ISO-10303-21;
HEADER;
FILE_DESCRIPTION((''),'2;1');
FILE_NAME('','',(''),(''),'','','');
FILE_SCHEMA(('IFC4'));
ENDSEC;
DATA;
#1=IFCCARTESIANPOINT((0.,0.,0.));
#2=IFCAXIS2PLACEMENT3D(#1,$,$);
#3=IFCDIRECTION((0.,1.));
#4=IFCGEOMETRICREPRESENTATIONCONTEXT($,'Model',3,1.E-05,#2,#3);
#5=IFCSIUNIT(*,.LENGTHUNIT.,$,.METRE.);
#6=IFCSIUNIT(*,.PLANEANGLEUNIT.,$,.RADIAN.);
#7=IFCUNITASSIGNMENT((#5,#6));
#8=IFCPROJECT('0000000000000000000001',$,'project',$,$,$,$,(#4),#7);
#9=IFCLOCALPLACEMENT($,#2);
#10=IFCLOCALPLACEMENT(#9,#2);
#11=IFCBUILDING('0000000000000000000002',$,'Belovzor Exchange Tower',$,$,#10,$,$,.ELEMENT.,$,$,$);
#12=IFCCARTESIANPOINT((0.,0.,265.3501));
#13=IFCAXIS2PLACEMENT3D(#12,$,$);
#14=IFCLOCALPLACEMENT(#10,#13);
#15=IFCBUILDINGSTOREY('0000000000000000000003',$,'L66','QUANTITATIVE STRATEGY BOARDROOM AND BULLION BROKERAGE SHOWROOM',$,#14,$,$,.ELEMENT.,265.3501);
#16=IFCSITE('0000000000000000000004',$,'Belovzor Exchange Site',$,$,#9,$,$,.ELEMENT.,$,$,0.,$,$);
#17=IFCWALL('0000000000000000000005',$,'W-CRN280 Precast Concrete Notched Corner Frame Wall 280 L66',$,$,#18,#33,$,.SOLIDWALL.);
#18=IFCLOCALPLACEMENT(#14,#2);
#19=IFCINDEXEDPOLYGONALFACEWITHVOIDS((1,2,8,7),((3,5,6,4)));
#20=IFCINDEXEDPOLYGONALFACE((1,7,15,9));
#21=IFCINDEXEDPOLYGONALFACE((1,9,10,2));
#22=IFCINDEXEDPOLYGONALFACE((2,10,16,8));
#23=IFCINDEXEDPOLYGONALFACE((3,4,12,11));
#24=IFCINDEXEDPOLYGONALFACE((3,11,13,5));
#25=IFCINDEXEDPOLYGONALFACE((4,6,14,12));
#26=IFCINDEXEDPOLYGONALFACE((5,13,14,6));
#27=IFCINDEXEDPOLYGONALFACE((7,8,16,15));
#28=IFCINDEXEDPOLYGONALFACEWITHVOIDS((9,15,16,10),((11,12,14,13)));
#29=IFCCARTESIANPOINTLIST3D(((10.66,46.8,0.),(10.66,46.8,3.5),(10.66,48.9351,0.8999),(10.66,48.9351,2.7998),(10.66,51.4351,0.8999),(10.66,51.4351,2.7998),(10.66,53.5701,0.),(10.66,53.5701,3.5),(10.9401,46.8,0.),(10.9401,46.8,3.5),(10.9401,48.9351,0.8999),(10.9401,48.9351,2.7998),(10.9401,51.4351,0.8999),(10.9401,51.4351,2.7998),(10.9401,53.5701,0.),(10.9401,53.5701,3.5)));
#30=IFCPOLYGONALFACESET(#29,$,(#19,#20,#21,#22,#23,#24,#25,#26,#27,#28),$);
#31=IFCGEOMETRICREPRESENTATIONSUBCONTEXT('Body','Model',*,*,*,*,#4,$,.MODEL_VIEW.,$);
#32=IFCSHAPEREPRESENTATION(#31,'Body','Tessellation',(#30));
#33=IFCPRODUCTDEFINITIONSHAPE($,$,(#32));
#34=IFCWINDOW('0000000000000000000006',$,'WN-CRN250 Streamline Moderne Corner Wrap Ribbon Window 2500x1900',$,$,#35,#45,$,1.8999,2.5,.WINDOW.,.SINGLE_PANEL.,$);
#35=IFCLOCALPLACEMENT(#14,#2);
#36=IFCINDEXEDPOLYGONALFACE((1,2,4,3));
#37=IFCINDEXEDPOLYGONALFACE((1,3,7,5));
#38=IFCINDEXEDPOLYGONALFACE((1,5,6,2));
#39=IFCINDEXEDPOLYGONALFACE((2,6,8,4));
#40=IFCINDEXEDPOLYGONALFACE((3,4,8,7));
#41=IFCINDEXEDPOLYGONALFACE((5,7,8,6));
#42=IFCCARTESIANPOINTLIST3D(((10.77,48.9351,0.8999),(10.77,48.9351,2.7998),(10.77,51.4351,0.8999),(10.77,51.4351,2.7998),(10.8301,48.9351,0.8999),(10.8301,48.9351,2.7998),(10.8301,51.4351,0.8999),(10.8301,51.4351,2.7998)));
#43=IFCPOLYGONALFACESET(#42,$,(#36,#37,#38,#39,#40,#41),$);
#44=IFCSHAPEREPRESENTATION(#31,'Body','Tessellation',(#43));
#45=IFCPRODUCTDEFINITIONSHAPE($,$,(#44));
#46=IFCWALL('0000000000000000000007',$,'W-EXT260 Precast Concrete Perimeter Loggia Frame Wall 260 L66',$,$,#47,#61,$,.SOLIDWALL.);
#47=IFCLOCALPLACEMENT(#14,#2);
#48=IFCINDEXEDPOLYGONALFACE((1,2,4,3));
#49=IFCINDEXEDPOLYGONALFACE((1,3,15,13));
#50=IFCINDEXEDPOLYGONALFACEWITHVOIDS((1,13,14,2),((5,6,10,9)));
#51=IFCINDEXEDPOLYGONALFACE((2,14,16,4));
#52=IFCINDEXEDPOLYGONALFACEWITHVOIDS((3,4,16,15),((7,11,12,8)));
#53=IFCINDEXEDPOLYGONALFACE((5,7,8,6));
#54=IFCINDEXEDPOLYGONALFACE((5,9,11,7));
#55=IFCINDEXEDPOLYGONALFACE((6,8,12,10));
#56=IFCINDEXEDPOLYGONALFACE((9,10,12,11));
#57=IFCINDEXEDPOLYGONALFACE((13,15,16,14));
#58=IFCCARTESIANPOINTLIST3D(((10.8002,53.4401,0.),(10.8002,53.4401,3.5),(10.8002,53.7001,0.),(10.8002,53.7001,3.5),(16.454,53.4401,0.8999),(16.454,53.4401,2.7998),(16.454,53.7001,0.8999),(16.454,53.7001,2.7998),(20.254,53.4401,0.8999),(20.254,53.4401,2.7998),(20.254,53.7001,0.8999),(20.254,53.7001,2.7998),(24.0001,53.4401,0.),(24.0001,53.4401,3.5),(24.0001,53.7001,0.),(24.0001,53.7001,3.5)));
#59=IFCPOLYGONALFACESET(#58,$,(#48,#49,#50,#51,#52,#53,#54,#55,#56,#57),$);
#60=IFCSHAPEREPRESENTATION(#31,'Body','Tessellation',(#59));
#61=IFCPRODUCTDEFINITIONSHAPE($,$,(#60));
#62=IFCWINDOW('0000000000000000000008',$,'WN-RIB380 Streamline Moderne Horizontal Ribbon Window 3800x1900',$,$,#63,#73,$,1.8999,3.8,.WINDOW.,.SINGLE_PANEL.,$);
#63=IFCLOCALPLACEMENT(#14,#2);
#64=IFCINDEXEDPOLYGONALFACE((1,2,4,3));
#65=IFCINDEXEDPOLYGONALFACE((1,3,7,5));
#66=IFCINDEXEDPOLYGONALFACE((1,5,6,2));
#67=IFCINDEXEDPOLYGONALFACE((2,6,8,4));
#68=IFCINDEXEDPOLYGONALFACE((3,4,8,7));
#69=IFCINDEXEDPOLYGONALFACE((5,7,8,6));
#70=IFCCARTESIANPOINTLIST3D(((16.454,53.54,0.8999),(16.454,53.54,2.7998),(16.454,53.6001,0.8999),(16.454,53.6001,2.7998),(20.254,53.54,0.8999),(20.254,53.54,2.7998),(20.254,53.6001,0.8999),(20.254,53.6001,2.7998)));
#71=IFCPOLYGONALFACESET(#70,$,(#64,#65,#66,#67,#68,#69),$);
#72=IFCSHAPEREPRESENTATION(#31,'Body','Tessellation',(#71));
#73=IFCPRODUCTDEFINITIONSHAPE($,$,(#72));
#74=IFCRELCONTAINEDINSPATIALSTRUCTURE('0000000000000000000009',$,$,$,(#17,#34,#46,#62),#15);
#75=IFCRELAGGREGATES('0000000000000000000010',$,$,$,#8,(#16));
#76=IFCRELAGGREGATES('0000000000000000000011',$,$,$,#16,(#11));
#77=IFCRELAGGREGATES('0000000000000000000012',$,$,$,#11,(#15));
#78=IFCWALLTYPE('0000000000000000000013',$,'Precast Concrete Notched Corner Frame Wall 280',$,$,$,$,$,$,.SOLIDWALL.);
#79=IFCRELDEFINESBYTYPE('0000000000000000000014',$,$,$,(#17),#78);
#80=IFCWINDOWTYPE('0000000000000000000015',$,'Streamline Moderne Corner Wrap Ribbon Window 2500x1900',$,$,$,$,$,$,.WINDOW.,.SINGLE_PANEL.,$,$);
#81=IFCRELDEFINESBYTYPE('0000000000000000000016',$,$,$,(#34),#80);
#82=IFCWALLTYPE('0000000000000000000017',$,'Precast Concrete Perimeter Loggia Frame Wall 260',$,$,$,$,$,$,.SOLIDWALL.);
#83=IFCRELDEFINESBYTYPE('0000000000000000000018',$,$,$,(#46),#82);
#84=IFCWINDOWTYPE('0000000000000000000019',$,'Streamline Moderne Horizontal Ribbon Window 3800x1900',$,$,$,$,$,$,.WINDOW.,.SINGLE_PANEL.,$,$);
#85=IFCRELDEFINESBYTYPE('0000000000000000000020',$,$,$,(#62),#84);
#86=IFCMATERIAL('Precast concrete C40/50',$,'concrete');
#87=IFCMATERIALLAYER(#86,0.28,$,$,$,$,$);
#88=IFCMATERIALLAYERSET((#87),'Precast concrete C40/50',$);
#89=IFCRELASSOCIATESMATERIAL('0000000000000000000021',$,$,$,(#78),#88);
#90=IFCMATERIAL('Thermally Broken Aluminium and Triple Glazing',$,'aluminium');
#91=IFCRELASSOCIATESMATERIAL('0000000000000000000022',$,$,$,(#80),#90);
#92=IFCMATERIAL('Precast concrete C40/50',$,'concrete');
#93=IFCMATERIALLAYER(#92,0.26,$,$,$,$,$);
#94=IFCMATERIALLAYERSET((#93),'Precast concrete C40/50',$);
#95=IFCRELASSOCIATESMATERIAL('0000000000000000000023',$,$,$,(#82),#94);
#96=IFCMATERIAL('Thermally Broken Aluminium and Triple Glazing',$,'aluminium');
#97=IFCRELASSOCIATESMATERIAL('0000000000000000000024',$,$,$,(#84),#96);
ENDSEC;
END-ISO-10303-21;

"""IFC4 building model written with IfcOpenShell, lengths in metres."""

from ifc_helpers import new_model, si_unit, direction, frame, frame_2d, origin, place, context, subcontext, project, spatial, rectangle, extrude, material, layer, layer_set, type_object, element, fill, save


model = new_model("IFC4")

# Units and contexts
model_context = context("Model", 3, precision=1e-05, world=origin(), true_north=direction((0.0, 1.0)))
body_context = subcontext(model_context, "Body", "Model", "MODEL_VIEW")
ifc_project = project(units=[si_unit("LENGTHUNIT", "METRE"), si_unit("PLANEANGLEUNIT", "RADIAN")], contexts=[model_context])

# Site, building, storey
site_placement = place(None, origin())
site = spatial("IfcSite", under=ifc_project, at=site_placement, Name="Belovzor Exchange Site", CompositionType="ELEMENT", RefElevation=0.0)
building_placement = place(site_placement, origin())
building = spatial("IfcBuilding", under=site, at=building_placement, Name="Belovzor Exchange Tower", CompositionType="ELEMENT")
storey_placement = place(building_placement, frame((0.0, 0.0, 265.3501)))
storey = spatial("IfcBuildingStorey", under=building, at=storey_placement, Name="L66", Description="QUANTITATIVE STRATEGY BOARDROOM AND BULLION BROKERAGE SHOWROOM", CompositionType="ELEMENT", Elevation=265.3501)

# Walls, openings, windows
ifc_material_1 = material(Name="Precast concrete C40/50", Category="concrete")
ifc_layer_1 = layer(ifc_material_1, 0.28)
ifc_layer_set_1 = layer_set([ifc_layer_1], Name="Precast concrete C40/50")
wall_type_1 = type_object("IfcWallType", Name="Precast Concrete Notched Corner Frame Wall 280", PredefinedType="SOLIDWALL", material=ifc_layer_set_1)
ifc_material_2 = material(Name="Thermally Broken Aluminium and Triple Glazing", Category="aluminium")
window_type_1 = type_object("IfcWindowType", Name="Streamline Moderne Corner Wrap Ribbon Window 2500x1900", PartitioningType="SINGLE_PANEL", PredefinedType="WINDOW", material=ifc_material_2)
wall_1_placement = place(storey_placement, frame((10.8, 46.8, 0.0), z_axis=(0.0, 0.0, 1.0), x_axis=(0.0, 1.0, 0.0)))
wall_1 = element("IfcWall", 1, at=wall_1_placement, inside=storey, type_object=wall_type_1, Name="W-CRN280 Precast Concrete Notched Corner Frame Wall 280 L66", PredefinedType="SOLIDWALL", context=body_context, shape_type="SweptSolid", body=[
    extrude(rectangle(XDim=6.77, YDim=0.28, at=frame_2d((3.385, 0.0))), origin(), (0.0, 0.0, 1.0), 3.5),
])
opening_1_placement = place(wall_1_placement, frame((2.135, 0.0, 0.8999)))
opening_1 = element("IfcOpeningElement", 2, at=opening_1_placement, cuts=wall_1, PredefinedType="OPENING", context=body_context, shape_type="SweptSolid", body=[
    extrude(rectangle(XDim=2.5, YDim=1.8999, at=frame_2d((1.25, 0.95))), frame((0.0, 0.1499, 0.0), z_axis=(0.0, -1.0, 0.0), x_axis=(1.0, 0.0, 0.0)), (0.0, 0.0, 1.0), 0.3),
])
window_1_placement = place(opening_1_placement, origin())
window_1 = element("IfcWindow", 3, at=window_1_placement, inside=storey, type_object=window_type_1, Name="WN-CRN250 Streamline Moderne Corner Wrap Ribbon Window 2500x1900", OverallHeight=1.8999, OverallWidth=2.5, PartitioningType="SINGLE_PANEL", PredefinedType="WINDOW", context=body_context, shape_type="SweptSolid", body=[
    extrude(rectangle(XDim=2.5, YDim=1.8999, at=frame_2d((1.25, 0.95))), frame((0.0, 0.03, 0.0), z_axis=(0.0, -1.0, 0.0), x_axis=(1.0, 0.0, 0.0)), (0.0, 0.0, 1.0), 0.0601),
])
fill(opening_1, window_1)
ifc_material_3 = material(Name="Precast concrete C40/50", Category="concrete")
ifc_layer_2 = layer(ifc_material_3, 0.26)
ifc_layer_set_2 = layer_set([ifc_layer_2], Name="Precast concrete C40/50")
wall_type_2 = type_object("IfcWallType", Name="Precast Concrete Perimeter Loggia Frame Wall 260", PredefinedType="SOLIDWALL", material=ifc_layer_set_2)
wall_2_placement = place(storey_placement, frame((10.8, 53.5701, 0.0), z_axis=(0.0, 0.0, 1.0), x_axis=(1.0, 0.0, 0.0)))
wall_2 = element("IfcWall", 4, at=wall_2_placement, inside=storey, type_object=wall_type_2, Name="W-EXT260 Precast Concrete Perimeter Loggia Frame Wall 260 L66", PredefinedType="SOLIDWALL", context=body_context, shape_type="SweptSolid", body=[
    extrude(rectangle(XDim=13.2, YDim=0.26, at=frame_2d((6.6001, 0.0))), origin(), (0.0, 0.0, 1.0), 3.5),
])
opening_2_placement = place(wall_2_placement, frame((5.6541, 0.0, 0.8999)))
opening_2 = element("IfcOpeningElement", 5, at=opening_2_placement, cuts=wall_2, PredefinedType="OPENING", context=body_context, shape_type="SweptSolid", body=[
    extrude(rectangle(XDim=3.8, YDim=1.8999, at=frame_2d((1.8999, 0.95))), frame((0.0, 0.1399, 0.0), z_axis=(0.0, -1.0, 0.0), x_axis=(1.0, 0.0, 0.0)), (0.0, 0.0, 1.0), 0.28),
])
ifc_material_4 = material(Name="Thermally Broken Aluminium and Triple Glazing", Category="aluminium")
window_type_2 = type_object("IfcWindowType", Name="Streamline Moderne Horizontal Ribbon Window 3800x1900", PartitioningType="SINGLE_PANEL", PredefinedType="WINDOW", material=ifc_material_4)
window_2_placement = place(opening_2_placement, origin())
window_2 = element("IfcWindow", 6, at=window_2_placement, inside=storey, type_object=window_type_2, Name="WN-RIB380 Streamline Moderne Horizontal Ribbon Window 3800x1900", OverallHeight=1.8999, OverallWidth=3.8, PartitioningType="SINGLE_PANEL", PredefinedType="WINDOW", context=body_context, shape_type="SweptSolid", body=[
    extrude(rectangle(XDim=3.8, YDim=1.8999, at=frame_2d((1.8999, 0.95))), frame((0.0, 0.03, 0.0), z_axis=(0.0, -1.0, 0.0), x_axis=(1.0, 0.0, 0.0)), (0.0, 0.0, 1.0), 0.0601),
])
fill(opening_2, window_2)

save(model, "model.ifc")
